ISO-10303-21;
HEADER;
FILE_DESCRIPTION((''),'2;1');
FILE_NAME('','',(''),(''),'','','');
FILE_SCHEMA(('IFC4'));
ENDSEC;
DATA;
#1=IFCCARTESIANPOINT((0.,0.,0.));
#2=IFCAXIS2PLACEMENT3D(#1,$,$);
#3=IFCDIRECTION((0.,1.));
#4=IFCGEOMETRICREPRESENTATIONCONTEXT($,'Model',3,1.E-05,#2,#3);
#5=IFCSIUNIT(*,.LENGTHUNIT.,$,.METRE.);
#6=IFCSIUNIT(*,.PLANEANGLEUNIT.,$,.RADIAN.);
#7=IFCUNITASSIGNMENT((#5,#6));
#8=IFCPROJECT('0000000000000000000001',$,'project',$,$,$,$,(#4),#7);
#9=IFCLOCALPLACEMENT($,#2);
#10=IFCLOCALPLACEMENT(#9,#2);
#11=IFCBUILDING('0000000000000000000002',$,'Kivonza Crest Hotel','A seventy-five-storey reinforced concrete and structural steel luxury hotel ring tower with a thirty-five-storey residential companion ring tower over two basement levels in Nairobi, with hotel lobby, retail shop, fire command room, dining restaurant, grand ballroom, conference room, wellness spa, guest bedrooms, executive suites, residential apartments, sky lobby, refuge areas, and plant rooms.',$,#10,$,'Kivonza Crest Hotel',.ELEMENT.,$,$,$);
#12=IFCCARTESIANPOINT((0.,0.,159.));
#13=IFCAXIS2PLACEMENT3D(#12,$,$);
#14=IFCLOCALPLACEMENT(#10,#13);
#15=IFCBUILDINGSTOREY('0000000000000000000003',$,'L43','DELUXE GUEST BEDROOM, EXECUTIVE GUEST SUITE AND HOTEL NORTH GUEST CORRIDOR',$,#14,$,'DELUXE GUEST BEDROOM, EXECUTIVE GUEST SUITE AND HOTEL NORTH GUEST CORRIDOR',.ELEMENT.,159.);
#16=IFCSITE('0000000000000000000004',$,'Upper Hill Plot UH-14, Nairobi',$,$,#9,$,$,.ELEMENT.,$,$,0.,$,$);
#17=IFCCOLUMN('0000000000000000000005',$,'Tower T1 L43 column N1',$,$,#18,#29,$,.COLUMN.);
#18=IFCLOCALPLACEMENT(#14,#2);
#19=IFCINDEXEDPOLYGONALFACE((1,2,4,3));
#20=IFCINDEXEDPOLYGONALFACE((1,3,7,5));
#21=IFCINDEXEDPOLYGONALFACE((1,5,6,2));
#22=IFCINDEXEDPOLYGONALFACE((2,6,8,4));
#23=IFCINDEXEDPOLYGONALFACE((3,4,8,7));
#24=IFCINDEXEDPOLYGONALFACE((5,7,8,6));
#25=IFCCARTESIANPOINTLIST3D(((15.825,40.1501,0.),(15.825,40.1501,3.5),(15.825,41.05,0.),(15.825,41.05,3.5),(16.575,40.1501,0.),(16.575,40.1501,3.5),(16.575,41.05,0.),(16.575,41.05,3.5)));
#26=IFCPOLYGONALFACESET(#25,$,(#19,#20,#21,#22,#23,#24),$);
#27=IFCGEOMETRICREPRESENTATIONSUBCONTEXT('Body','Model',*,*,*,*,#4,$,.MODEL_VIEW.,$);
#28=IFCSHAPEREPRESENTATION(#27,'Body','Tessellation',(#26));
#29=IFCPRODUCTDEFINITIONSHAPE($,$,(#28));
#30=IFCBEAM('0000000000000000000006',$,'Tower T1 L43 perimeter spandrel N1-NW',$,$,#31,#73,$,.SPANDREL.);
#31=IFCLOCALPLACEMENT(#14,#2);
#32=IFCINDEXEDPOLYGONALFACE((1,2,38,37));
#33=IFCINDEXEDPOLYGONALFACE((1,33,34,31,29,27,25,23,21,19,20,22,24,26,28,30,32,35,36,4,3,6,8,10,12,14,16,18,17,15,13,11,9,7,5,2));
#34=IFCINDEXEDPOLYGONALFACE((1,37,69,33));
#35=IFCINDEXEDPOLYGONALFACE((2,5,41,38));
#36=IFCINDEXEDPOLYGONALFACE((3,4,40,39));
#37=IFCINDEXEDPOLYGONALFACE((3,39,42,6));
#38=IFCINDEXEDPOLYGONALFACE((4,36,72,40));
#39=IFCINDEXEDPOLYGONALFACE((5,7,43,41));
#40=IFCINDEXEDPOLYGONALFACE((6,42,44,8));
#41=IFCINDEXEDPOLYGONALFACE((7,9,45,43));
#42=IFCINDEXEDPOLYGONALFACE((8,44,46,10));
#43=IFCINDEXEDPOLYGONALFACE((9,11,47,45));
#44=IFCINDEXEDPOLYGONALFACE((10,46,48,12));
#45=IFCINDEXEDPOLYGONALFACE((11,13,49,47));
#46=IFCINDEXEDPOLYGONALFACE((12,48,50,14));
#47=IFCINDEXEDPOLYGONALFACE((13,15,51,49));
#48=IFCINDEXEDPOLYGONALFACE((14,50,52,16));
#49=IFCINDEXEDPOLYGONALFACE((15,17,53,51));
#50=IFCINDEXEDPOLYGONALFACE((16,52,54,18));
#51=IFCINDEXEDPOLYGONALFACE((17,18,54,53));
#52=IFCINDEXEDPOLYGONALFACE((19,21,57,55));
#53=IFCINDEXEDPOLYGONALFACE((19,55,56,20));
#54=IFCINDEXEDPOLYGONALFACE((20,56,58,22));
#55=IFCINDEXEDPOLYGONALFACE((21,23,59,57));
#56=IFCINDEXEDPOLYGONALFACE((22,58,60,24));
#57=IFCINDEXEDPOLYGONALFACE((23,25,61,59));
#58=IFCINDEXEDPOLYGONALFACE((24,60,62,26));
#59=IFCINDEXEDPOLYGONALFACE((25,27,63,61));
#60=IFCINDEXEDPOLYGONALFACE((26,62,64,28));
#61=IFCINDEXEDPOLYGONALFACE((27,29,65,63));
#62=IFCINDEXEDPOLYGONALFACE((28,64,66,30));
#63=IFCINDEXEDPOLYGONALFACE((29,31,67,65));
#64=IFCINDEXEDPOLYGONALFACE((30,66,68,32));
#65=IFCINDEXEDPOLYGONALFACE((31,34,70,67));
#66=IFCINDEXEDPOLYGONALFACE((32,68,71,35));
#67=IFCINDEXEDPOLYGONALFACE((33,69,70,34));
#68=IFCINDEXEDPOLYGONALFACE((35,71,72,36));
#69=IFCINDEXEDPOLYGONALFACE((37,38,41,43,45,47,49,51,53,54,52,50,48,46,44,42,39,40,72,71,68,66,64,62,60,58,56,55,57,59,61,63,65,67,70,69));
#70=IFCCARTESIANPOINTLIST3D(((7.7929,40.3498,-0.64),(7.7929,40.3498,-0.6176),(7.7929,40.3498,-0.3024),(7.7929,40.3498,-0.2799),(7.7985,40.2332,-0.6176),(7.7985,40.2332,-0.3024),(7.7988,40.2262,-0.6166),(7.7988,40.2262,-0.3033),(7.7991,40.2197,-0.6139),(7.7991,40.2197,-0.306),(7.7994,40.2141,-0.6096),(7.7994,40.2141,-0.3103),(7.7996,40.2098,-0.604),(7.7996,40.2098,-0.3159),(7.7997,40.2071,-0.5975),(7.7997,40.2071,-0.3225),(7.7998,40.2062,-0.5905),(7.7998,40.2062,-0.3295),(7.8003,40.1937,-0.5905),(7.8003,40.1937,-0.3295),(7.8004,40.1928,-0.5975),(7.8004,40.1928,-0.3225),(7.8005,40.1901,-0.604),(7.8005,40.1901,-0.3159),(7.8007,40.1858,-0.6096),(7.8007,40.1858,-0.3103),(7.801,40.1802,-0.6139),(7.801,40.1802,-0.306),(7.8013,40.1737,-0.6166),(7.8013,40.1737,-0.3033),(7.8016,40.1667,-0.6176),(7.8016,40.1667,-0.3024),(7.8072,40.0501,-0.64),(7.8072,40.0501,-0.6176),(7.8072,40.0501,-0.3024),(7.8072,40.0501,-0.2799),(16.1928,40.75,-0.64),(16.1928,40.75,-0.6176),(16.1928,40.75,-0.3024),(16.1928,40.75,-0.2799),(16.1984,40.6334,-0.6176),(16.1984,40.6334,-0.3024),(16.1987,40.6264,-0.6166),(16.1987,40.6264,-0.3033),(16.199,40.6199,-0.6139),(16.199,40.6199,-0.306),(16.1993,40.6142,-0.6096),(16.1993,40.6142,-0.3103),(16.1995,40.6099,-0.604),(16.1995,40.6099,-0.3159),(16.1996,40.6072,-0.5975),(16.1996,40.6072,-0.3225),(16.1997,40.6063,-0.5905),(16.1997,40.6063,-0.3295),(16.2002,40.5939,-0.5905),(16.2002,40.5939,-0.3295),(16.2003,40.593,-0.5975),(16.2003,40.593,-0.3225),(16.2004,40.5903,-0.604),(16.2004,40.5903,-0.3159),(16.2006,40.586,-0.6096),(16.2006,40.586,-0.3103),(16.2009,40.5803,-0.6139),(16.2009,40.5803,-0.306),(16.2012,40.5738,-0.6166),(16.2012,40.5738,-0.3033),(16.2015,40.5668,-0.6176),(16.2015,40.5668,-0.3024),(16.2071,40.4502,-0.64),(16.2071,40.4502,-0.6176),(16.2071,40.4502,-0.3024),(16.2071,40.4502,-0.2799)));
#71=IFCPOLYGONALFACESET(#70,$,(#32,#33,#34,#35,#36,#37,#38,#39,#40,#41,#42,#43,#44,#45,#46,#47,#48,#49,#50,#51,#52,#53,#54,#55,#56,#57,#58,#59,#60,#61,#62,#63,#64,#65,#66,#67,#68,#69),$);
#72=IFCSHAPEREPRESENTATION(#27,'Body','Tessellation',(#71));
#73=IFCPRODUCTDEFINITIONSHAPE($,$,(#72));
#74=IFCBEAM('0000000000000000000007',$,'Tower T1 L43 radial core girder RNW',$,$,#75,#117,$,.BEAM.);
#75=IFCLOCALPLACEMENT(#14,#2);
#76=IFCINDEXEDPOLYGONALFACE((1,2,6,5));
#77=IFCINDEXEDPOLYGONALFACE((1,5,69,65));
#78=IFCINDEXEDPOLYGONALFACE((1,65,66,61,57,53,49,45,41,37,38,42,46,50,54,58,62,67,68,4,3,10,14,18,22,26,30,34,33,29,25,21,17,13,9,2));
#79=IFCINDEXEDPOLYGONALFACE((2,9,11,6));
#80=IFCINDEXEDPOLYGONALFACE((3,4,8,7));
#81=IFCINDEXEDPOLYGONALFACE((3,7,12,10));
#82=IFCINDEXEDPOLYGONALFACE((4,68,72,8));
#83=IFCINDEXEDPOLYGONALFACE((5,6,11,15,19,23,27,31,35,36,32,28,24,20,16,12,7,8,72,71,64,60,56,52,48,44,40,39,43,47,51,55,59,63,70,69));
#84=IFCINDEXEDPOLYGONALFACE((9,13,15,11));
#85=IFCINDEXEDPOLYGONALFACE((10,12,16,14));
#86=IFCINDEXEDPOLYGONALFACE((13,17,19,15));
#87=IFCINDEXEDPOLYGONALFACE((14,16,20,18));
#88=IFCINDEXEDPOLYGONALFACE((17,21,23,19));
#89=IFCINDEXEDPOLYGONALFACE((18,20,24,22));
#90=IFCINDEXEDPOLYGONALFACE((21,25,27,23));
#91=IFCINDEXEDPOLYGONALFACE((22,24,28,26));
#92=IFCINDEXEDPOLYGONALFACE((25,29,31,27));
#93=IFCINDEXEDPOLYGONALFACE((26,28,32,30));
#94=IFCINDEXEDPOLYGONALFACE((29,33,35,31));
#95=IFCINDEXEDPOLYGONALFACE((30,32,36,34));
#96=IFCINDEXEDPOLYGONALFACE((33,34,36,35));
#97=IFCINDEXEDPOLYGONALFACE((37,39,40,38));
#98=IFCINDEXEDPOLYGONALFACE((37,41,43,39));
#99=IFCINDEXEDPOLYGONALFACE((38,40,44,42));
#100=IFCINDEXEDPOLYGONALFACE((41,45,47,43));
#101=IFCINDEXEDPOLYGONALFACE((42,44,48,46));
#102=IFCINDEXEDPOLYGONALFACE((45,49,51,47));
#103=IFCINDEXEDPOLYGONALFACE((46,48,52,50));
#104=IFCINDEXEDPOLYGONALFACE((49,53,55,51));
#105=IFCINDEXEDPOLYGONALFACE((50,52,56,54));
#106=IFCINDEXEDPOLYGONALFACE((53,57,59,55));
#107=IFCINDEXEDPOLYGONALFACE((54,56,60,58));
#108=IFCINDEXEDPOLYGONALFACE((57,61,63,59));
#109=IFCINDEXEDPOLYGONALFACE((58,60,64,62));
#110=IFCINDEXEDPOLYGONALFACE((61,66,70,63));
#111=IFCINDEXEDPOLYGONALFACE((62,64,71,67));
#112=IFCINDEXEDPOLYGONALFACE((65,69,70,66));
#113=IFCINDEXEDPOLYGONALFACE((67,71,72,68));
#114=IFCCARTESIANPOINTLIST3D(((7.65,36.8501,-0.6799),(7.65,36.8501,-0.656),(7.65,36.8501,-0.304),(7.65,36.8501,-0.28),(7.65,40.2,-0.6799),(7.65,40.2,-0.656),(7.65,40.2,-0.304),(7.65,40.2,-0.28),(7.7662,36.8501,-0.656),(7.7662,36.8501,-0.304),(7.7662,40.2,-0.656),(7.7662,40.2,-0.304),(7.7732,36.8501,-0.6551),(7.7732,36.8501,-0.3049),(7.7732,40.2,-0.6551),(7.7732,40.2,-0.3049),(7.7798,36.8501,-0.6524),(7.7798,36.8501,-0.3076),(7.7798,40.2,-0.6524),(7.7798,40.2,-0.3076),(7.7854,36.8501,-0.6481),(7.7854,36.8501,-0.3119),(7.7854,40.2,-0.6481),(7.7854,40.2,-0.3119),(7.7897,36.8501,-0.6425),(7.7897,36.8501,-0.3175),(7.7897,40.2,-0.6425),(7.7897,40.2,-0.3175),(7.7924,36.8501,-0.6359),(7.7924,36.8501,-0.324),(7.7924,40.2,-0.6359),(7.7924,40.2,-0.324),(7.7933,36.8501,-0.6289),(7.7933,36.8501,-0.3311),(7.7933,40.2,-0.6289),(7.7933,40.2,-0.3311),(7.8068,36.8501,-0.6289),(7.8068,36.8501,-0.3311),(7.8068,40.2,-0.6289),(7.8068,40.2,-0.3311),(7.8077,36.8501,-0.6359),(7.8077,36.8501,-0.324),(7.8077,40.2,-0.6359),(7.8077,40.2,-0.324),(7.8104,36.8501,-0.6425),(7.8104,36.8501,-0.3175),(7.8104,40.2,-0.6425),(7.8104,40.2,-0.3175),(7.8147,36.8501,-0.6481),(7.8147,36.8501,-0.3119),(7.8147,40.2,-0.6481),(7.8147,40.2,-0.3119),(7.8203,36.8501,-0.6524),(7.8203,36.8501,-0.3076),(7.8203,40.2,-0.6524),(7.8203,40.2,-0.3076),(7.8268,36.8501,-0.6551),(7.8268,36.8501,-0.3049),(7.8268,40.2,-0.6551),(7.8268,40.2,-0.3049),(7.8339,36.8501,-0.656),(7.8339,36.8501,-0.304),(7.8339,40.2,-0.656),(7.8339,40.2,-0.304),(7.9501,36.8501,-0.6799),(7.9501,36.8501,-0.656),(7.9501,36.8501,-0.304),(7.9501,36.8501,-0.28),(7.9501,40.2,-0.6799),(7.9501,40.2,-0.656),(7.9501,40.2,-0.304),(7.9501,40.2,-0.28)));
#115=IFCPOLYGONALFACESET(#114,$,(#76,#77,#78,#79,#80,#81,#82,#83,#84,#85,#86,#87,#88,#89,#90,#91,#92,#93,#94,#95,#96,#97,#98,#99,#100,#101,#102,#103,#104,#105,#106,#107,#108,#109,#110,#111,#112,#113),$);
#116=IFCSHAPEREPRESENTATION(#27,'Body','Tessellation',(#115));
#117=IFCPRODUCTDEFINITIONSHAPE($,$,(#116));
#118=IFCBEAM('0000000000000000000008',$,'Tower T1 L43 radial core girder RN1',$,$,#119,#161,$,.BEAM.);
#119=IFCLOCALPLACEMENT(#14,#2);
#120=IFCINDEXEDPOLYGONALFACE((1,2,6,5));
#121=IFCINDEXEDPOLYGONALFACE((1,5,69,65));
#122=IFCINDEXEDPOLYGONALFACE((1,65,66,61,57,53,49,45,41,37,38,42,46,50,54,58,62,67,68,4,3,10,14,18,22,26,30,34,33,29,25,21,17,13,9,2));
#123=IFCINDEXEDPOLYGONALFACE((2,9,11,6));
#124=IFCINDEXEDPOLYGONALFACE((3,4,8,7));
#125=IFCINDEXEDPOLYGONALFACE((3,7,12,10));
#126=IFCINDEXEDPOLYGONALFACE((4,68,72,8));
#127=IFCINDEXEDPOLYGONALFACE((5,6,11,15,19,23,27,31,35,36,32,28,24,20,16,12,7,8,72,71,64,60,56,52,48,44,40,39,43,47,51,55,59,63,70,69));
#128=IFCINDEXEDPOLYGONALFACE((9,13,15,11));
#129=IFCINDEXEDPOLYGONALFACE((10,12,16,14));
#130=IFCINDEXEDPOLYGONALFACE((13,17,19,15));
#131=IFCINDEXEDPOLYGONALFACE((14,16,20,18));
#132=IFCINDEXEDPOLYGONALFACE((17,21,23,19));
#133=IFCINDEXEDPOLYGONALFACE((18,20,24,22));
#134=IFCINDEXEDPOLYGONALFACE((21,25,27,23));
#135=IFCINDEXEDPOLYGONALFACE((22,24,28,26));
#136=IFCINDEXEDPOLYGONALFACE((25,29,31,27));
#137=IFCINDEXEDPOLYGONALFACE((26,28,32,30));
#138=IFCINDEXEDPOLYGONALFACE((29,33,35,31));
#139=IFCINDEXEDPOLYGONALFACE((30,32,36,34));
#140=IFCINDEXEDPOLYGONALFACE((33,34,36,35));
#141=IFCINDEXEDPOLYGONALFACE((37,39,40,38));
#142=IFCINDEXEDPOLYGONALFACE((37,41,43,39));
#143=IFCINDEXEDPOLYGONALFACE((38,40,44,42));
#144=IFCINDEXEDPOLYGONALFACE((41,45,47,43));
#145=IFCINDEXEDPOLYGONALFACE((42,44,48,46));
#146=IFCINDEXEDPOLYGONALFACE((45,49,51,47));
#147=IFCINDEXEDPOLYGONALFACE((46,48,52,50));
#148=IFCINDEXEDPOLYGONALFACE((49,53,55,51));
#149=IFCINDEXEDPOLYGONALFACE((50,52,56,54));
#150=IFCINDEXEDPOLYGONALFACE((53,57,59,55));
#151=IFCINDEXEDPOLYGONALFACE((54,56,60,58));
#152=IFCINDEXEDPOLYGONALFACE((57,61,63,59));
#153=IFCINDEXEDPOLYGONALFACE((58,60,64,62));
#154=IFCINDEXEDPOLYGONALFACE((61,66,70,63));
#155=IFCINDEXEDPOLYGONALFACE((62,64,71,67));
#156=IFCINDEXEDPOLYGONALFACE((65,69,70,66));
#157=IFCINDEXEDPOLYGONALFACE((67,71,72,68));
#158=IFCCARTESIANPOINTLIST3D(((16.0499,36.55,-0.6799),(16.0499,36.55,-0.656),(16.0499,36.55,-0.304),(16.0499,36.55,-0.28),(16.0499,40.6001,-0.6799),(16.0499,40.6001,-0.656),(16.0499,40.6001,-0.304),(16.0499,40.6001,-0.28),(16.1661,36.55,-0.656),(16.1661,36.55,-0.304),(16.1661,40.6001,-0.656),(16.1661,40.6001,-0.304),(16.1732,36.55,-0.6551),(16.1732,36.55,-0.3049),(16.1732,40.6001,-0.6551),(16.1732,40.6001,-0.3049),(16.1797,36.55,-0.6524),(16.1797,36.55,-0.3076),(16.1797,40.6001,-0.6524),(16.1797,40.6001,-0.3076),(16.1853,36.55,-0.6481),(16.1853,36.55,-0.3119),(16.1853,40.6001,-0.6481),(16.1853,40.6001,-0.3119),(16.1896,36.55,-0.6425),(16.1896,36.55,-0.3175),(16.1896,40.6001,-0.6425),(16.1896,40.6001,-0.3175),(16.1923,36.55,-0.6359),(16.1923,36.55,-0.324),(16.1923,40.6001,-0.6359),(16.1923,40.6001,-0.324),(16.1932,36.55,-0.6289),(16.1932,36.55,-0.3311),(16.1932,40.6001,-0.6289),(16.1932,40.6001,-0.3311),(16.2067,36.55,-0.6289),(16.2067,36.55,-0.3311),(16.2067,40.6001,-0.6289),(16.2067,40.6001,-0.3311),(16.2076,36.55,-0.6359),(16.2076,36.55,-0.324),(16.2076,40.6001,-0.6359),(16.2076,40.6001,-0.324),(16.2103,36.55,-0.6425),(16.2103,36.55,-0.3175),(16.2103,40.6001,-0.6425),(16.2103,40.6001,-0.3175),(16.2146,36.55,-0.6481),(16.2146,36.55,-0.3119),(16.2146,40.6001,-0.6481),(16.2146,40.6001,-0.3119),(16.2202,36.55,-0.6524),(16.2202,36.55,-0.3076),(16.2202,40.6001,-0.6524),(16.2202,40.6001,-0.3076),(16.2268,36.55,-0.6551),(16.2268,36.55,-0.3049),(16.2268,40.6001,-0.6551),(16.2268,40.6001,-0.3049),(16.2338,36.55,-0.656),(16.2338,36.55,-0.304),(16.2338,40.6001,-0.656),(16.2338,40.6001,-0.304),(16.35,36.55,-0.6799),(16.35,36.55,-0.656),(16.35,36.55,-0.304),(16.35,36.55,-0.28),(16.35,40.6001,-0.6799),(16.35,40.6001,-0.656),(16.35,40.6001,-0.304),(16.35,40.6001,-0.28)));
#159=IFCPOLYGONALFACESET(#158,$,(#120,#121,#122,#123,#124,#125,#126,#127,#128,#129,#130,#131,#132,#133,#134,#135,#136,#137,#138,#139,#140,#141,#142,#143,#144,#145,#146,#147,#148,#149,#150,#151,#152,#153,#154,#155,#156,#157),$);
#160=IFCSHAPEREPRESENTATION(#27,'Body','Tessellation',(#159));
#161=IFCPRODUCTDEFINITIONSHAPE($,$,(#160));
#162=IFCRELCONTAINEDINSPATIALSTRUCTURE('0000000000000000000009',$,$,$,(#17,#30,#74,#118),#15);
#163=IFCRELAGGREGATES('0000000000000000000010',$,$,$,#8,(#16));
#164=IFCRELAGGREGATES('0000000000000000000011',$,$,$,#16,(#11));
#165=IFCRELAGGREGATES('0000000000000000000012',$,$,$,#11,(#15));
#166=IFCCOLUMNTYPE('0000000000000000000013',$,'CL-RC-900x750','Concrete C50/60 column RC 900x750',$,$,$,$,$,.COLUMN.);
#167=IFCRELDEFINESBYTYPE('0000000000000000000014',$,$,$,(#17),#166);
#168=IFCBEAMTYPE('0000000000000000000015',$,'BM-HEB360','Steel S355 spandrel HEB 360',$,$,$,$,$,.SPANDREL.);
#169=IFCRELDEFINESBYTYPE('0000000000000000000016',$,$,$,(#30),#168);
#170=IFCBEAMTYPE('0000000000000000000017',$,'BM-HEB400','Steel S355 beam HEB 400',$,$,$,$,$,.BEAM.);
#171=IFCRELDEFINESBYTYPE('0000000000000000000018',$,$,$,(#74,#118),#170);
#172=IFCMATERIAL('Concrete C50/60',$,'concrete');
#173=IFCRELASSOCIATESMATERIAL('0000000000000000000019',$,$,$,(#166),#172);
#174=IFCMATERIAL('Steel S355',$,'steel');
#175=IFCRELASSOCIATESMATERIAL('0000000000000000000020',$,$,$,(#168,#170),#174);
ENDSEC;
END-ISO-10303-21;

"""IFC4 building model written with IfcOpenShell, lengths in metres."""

from ifc_helpers import new_model, si_unit, direction, frame, origin, origin_2d, place, context, subcontext, project, spatial, rectangle, i_section, extrude, material, material_profile, profile_set, type_object, element, save


model = new_model("IFC4")

# Units and contexts
model_context = context("Model", 3, precision=1e-05, world=origin(), true_north=direction((0.0, 1.0)))
body_context = subcontext(model_context, "Body", "Model", "MODEL_VIEW")
ifc_project = project(units=[si_unit("LENGTHUNIT", "METRE"), si_unit("PLANEANGLEUNIT", "RADIAN")], contexts=[model_context])

# Site, building, storey
site_placement = place(None, origin())
site = spatial("IfcSite", under=ifc_project, at=site_placement, Name="Upper Hill Plot UH-14, Nairobi", CompositionType="ELEMENT", RefElevation=0.0)
building_placement = place(site_placement, origin())
building = spatial("IfcBuilding", under=site, at=building_placement, Name="Kivonza Crest Hotel", Description="A seventy-five-storey reinforced concrete and structural steel luxury hotel ring tower with a thirty-five-storey residential companion ring tower over two basement levels in Nairobi, with hotel lobby, retail shop, fire command room, dining restaurant, grand ballroom, conference room, wellness spa, guest bedrooms, executive suites, residential apartments, sky lobby, refuge areas, and plant rooms.", LongName="Kivonza Crest Hotel", CompositionType="ELEMENT")
storey_placement = place(building_placement, frame((0.0, 0.0, 159.0)))
storey = spatial("IfcBuildingStorey", under=building, at=storey_placement, Name="L43", Description="DELUXE GUEST BEDROOM, EXECUTIVE GUEST SUITE AND HOTEL NORTH GUEST CORRIDOR", LongName="DELUXE GUEST BEDROOM, EXECUTIVE GUEST SUITE AND HOTEL NORTH GUEST CORRIDOR", CompositionType="ELEMENT", Elevation=159.0)

# Column
ifc_material_1 = material(Name="Concrete C50/60", Category="concrete")
ifc_material_profile_1 = material_profile(ifc_material_1, rectangle(XDim=0.75, YDim=0.8999, at=origin_2d()), Name="RC 900x750")
ifc_profile_set_1 = profile_set([ifc_material_profile_1], Name="Concrete C50/60")
column_type = type_object("IfcColumnType", Name="CL-RC-900x750", Description="Concrete C50/60 column RC 900x750", PredefinedType="COLUMN", material=ifc_profile_set_1)
column_placement = place(storey_placement, frame((16.2, 40.6001, 0.0), z_axis=(0.0, 0.0, 1.0), x_axis=(1.0, 0.0, 0.0)))
element("IfcColumn", 1, at=column_placement, inside=storey, type_object=column_type, Name="Tower T1 L43 column N1", PredefinedType="COLUMN", context=body_context, shape_type="SweptSolid", body=[
    extrude(rectangle(XDim=0.75, YDim=0.8999, at=origin_2d()), origin(), (0.0, 0.0, 1.0), 3.5),
])

# Beams
ifc_material_2 = material(Name="Steel S355", Category="steel")
ifc_material_profile_2 = material_profile(ifc_material_2, i_section(OverallWidth=0.3, OverallDepth=0.3601, WebThickness=0.0125, FlangeThickness=0.0225, FilletRadius=0.0271, at=origin_2d()), Name="HEB 360")
ifc_profile_set_2 = profile_set([ifc_material_profile_2], Name="Steel S355")
beam_type_1 = type_object("IfcBeamType", Name="BM-HEB360", Description="Steel S355 spandrel HEB 360", PredefinedType="SPANDREL", material=ifc_profile_set_2)
beam_1_placement = place(storey_placement, frame((16.2, 40.6001, -0.46), z_axis=(-0.998867, -0.047583, 0.0), x_axis=(0.047583, -0.998867, 0.0)))
element("IfcBeam", 2, at=beam_1_placement, inside=storey, type_object=beam_type_1, Name="Tower T1 L43 perimeter spandrel N1-NW", PredefinedType="SPANDREL", context=body_context, shape_type="SweptSolid", body=[
    extrude(i_section(OverallWidth=0.3, OverallDepth=0.3601, WebThickness=0.0125, FlangeThickness=0.0225, FilletRadius=0.0271, at=origin_2d()), origin(), (0.0, 0.0, 1.0), 8.4094),
])
ifc_material_profile_3 = material_profile(ifc_material_2, i_section(OverallWidth=0.3, OverallDepth=0.3999, WebThickness=0.0134, FlangeThickness=0.0239, FilletRadius=0.0271, at=origin_2d()), Name="HEB 400")
ifc_profile_set_3 = profile_set([ifc_material_profile_3], Name="Steel S355")
beam_type_2 = type_object("IfcBeamType", Name="BM-HEB400", Description="Steel S355 beam HEB 400", PredefinedType="BEAM", material=ifc_profile_set_3)
beam_2_placement = place(storey_placement, frame((7.8, 40.2, -0.48), z_axis=(0.0, -1.0, 0.0), x_axis=(1.0, 0.0, 0.0)))
element("IfcBeam", 3, at=beam_2_placement, inside=storey, type_object=beam_type_2, Name="Tower T1 L43 radial core girder RNW", PredefinedType="BEAM", context=body_context, shape_type="SweptSolid", body=[
    extrude(i_section(OverallWidth=0.3, OverallDepth=0.3999, WebThickness=0.0134, FlangeThickness=0.0239, FilletRadius=0.0271, at=origin_2d()), origin(), (0.0, 0.0, 1.0), 3.3499),
])
beam_3_placement = place(storey_placement, frame((16.2, 40.6001, -0.48), z_axis=(0.0, -1.0, 0.0), x_axis=(1.0, 0.0, 0.0)))
element("IfcBeam", 4, at=beam_3_placement, inside=storey, type_object=beam_type_2, Name="Tower T1 L43 radial core girder RN1", PredefinedType="BEAM", context=body_context, shape_type="SweptSolid", body=[
    extrude(i_section(OverallWidth=0.3, OverallDepth=0.3999, WebThickness=0.0134, FlangeThickness=0.0239, FilletRadius=0.0271, at=origin_2d()), origin(), (0.0, 0.0, 1.0), 4.05),
])

save(model, "model.ifc")
